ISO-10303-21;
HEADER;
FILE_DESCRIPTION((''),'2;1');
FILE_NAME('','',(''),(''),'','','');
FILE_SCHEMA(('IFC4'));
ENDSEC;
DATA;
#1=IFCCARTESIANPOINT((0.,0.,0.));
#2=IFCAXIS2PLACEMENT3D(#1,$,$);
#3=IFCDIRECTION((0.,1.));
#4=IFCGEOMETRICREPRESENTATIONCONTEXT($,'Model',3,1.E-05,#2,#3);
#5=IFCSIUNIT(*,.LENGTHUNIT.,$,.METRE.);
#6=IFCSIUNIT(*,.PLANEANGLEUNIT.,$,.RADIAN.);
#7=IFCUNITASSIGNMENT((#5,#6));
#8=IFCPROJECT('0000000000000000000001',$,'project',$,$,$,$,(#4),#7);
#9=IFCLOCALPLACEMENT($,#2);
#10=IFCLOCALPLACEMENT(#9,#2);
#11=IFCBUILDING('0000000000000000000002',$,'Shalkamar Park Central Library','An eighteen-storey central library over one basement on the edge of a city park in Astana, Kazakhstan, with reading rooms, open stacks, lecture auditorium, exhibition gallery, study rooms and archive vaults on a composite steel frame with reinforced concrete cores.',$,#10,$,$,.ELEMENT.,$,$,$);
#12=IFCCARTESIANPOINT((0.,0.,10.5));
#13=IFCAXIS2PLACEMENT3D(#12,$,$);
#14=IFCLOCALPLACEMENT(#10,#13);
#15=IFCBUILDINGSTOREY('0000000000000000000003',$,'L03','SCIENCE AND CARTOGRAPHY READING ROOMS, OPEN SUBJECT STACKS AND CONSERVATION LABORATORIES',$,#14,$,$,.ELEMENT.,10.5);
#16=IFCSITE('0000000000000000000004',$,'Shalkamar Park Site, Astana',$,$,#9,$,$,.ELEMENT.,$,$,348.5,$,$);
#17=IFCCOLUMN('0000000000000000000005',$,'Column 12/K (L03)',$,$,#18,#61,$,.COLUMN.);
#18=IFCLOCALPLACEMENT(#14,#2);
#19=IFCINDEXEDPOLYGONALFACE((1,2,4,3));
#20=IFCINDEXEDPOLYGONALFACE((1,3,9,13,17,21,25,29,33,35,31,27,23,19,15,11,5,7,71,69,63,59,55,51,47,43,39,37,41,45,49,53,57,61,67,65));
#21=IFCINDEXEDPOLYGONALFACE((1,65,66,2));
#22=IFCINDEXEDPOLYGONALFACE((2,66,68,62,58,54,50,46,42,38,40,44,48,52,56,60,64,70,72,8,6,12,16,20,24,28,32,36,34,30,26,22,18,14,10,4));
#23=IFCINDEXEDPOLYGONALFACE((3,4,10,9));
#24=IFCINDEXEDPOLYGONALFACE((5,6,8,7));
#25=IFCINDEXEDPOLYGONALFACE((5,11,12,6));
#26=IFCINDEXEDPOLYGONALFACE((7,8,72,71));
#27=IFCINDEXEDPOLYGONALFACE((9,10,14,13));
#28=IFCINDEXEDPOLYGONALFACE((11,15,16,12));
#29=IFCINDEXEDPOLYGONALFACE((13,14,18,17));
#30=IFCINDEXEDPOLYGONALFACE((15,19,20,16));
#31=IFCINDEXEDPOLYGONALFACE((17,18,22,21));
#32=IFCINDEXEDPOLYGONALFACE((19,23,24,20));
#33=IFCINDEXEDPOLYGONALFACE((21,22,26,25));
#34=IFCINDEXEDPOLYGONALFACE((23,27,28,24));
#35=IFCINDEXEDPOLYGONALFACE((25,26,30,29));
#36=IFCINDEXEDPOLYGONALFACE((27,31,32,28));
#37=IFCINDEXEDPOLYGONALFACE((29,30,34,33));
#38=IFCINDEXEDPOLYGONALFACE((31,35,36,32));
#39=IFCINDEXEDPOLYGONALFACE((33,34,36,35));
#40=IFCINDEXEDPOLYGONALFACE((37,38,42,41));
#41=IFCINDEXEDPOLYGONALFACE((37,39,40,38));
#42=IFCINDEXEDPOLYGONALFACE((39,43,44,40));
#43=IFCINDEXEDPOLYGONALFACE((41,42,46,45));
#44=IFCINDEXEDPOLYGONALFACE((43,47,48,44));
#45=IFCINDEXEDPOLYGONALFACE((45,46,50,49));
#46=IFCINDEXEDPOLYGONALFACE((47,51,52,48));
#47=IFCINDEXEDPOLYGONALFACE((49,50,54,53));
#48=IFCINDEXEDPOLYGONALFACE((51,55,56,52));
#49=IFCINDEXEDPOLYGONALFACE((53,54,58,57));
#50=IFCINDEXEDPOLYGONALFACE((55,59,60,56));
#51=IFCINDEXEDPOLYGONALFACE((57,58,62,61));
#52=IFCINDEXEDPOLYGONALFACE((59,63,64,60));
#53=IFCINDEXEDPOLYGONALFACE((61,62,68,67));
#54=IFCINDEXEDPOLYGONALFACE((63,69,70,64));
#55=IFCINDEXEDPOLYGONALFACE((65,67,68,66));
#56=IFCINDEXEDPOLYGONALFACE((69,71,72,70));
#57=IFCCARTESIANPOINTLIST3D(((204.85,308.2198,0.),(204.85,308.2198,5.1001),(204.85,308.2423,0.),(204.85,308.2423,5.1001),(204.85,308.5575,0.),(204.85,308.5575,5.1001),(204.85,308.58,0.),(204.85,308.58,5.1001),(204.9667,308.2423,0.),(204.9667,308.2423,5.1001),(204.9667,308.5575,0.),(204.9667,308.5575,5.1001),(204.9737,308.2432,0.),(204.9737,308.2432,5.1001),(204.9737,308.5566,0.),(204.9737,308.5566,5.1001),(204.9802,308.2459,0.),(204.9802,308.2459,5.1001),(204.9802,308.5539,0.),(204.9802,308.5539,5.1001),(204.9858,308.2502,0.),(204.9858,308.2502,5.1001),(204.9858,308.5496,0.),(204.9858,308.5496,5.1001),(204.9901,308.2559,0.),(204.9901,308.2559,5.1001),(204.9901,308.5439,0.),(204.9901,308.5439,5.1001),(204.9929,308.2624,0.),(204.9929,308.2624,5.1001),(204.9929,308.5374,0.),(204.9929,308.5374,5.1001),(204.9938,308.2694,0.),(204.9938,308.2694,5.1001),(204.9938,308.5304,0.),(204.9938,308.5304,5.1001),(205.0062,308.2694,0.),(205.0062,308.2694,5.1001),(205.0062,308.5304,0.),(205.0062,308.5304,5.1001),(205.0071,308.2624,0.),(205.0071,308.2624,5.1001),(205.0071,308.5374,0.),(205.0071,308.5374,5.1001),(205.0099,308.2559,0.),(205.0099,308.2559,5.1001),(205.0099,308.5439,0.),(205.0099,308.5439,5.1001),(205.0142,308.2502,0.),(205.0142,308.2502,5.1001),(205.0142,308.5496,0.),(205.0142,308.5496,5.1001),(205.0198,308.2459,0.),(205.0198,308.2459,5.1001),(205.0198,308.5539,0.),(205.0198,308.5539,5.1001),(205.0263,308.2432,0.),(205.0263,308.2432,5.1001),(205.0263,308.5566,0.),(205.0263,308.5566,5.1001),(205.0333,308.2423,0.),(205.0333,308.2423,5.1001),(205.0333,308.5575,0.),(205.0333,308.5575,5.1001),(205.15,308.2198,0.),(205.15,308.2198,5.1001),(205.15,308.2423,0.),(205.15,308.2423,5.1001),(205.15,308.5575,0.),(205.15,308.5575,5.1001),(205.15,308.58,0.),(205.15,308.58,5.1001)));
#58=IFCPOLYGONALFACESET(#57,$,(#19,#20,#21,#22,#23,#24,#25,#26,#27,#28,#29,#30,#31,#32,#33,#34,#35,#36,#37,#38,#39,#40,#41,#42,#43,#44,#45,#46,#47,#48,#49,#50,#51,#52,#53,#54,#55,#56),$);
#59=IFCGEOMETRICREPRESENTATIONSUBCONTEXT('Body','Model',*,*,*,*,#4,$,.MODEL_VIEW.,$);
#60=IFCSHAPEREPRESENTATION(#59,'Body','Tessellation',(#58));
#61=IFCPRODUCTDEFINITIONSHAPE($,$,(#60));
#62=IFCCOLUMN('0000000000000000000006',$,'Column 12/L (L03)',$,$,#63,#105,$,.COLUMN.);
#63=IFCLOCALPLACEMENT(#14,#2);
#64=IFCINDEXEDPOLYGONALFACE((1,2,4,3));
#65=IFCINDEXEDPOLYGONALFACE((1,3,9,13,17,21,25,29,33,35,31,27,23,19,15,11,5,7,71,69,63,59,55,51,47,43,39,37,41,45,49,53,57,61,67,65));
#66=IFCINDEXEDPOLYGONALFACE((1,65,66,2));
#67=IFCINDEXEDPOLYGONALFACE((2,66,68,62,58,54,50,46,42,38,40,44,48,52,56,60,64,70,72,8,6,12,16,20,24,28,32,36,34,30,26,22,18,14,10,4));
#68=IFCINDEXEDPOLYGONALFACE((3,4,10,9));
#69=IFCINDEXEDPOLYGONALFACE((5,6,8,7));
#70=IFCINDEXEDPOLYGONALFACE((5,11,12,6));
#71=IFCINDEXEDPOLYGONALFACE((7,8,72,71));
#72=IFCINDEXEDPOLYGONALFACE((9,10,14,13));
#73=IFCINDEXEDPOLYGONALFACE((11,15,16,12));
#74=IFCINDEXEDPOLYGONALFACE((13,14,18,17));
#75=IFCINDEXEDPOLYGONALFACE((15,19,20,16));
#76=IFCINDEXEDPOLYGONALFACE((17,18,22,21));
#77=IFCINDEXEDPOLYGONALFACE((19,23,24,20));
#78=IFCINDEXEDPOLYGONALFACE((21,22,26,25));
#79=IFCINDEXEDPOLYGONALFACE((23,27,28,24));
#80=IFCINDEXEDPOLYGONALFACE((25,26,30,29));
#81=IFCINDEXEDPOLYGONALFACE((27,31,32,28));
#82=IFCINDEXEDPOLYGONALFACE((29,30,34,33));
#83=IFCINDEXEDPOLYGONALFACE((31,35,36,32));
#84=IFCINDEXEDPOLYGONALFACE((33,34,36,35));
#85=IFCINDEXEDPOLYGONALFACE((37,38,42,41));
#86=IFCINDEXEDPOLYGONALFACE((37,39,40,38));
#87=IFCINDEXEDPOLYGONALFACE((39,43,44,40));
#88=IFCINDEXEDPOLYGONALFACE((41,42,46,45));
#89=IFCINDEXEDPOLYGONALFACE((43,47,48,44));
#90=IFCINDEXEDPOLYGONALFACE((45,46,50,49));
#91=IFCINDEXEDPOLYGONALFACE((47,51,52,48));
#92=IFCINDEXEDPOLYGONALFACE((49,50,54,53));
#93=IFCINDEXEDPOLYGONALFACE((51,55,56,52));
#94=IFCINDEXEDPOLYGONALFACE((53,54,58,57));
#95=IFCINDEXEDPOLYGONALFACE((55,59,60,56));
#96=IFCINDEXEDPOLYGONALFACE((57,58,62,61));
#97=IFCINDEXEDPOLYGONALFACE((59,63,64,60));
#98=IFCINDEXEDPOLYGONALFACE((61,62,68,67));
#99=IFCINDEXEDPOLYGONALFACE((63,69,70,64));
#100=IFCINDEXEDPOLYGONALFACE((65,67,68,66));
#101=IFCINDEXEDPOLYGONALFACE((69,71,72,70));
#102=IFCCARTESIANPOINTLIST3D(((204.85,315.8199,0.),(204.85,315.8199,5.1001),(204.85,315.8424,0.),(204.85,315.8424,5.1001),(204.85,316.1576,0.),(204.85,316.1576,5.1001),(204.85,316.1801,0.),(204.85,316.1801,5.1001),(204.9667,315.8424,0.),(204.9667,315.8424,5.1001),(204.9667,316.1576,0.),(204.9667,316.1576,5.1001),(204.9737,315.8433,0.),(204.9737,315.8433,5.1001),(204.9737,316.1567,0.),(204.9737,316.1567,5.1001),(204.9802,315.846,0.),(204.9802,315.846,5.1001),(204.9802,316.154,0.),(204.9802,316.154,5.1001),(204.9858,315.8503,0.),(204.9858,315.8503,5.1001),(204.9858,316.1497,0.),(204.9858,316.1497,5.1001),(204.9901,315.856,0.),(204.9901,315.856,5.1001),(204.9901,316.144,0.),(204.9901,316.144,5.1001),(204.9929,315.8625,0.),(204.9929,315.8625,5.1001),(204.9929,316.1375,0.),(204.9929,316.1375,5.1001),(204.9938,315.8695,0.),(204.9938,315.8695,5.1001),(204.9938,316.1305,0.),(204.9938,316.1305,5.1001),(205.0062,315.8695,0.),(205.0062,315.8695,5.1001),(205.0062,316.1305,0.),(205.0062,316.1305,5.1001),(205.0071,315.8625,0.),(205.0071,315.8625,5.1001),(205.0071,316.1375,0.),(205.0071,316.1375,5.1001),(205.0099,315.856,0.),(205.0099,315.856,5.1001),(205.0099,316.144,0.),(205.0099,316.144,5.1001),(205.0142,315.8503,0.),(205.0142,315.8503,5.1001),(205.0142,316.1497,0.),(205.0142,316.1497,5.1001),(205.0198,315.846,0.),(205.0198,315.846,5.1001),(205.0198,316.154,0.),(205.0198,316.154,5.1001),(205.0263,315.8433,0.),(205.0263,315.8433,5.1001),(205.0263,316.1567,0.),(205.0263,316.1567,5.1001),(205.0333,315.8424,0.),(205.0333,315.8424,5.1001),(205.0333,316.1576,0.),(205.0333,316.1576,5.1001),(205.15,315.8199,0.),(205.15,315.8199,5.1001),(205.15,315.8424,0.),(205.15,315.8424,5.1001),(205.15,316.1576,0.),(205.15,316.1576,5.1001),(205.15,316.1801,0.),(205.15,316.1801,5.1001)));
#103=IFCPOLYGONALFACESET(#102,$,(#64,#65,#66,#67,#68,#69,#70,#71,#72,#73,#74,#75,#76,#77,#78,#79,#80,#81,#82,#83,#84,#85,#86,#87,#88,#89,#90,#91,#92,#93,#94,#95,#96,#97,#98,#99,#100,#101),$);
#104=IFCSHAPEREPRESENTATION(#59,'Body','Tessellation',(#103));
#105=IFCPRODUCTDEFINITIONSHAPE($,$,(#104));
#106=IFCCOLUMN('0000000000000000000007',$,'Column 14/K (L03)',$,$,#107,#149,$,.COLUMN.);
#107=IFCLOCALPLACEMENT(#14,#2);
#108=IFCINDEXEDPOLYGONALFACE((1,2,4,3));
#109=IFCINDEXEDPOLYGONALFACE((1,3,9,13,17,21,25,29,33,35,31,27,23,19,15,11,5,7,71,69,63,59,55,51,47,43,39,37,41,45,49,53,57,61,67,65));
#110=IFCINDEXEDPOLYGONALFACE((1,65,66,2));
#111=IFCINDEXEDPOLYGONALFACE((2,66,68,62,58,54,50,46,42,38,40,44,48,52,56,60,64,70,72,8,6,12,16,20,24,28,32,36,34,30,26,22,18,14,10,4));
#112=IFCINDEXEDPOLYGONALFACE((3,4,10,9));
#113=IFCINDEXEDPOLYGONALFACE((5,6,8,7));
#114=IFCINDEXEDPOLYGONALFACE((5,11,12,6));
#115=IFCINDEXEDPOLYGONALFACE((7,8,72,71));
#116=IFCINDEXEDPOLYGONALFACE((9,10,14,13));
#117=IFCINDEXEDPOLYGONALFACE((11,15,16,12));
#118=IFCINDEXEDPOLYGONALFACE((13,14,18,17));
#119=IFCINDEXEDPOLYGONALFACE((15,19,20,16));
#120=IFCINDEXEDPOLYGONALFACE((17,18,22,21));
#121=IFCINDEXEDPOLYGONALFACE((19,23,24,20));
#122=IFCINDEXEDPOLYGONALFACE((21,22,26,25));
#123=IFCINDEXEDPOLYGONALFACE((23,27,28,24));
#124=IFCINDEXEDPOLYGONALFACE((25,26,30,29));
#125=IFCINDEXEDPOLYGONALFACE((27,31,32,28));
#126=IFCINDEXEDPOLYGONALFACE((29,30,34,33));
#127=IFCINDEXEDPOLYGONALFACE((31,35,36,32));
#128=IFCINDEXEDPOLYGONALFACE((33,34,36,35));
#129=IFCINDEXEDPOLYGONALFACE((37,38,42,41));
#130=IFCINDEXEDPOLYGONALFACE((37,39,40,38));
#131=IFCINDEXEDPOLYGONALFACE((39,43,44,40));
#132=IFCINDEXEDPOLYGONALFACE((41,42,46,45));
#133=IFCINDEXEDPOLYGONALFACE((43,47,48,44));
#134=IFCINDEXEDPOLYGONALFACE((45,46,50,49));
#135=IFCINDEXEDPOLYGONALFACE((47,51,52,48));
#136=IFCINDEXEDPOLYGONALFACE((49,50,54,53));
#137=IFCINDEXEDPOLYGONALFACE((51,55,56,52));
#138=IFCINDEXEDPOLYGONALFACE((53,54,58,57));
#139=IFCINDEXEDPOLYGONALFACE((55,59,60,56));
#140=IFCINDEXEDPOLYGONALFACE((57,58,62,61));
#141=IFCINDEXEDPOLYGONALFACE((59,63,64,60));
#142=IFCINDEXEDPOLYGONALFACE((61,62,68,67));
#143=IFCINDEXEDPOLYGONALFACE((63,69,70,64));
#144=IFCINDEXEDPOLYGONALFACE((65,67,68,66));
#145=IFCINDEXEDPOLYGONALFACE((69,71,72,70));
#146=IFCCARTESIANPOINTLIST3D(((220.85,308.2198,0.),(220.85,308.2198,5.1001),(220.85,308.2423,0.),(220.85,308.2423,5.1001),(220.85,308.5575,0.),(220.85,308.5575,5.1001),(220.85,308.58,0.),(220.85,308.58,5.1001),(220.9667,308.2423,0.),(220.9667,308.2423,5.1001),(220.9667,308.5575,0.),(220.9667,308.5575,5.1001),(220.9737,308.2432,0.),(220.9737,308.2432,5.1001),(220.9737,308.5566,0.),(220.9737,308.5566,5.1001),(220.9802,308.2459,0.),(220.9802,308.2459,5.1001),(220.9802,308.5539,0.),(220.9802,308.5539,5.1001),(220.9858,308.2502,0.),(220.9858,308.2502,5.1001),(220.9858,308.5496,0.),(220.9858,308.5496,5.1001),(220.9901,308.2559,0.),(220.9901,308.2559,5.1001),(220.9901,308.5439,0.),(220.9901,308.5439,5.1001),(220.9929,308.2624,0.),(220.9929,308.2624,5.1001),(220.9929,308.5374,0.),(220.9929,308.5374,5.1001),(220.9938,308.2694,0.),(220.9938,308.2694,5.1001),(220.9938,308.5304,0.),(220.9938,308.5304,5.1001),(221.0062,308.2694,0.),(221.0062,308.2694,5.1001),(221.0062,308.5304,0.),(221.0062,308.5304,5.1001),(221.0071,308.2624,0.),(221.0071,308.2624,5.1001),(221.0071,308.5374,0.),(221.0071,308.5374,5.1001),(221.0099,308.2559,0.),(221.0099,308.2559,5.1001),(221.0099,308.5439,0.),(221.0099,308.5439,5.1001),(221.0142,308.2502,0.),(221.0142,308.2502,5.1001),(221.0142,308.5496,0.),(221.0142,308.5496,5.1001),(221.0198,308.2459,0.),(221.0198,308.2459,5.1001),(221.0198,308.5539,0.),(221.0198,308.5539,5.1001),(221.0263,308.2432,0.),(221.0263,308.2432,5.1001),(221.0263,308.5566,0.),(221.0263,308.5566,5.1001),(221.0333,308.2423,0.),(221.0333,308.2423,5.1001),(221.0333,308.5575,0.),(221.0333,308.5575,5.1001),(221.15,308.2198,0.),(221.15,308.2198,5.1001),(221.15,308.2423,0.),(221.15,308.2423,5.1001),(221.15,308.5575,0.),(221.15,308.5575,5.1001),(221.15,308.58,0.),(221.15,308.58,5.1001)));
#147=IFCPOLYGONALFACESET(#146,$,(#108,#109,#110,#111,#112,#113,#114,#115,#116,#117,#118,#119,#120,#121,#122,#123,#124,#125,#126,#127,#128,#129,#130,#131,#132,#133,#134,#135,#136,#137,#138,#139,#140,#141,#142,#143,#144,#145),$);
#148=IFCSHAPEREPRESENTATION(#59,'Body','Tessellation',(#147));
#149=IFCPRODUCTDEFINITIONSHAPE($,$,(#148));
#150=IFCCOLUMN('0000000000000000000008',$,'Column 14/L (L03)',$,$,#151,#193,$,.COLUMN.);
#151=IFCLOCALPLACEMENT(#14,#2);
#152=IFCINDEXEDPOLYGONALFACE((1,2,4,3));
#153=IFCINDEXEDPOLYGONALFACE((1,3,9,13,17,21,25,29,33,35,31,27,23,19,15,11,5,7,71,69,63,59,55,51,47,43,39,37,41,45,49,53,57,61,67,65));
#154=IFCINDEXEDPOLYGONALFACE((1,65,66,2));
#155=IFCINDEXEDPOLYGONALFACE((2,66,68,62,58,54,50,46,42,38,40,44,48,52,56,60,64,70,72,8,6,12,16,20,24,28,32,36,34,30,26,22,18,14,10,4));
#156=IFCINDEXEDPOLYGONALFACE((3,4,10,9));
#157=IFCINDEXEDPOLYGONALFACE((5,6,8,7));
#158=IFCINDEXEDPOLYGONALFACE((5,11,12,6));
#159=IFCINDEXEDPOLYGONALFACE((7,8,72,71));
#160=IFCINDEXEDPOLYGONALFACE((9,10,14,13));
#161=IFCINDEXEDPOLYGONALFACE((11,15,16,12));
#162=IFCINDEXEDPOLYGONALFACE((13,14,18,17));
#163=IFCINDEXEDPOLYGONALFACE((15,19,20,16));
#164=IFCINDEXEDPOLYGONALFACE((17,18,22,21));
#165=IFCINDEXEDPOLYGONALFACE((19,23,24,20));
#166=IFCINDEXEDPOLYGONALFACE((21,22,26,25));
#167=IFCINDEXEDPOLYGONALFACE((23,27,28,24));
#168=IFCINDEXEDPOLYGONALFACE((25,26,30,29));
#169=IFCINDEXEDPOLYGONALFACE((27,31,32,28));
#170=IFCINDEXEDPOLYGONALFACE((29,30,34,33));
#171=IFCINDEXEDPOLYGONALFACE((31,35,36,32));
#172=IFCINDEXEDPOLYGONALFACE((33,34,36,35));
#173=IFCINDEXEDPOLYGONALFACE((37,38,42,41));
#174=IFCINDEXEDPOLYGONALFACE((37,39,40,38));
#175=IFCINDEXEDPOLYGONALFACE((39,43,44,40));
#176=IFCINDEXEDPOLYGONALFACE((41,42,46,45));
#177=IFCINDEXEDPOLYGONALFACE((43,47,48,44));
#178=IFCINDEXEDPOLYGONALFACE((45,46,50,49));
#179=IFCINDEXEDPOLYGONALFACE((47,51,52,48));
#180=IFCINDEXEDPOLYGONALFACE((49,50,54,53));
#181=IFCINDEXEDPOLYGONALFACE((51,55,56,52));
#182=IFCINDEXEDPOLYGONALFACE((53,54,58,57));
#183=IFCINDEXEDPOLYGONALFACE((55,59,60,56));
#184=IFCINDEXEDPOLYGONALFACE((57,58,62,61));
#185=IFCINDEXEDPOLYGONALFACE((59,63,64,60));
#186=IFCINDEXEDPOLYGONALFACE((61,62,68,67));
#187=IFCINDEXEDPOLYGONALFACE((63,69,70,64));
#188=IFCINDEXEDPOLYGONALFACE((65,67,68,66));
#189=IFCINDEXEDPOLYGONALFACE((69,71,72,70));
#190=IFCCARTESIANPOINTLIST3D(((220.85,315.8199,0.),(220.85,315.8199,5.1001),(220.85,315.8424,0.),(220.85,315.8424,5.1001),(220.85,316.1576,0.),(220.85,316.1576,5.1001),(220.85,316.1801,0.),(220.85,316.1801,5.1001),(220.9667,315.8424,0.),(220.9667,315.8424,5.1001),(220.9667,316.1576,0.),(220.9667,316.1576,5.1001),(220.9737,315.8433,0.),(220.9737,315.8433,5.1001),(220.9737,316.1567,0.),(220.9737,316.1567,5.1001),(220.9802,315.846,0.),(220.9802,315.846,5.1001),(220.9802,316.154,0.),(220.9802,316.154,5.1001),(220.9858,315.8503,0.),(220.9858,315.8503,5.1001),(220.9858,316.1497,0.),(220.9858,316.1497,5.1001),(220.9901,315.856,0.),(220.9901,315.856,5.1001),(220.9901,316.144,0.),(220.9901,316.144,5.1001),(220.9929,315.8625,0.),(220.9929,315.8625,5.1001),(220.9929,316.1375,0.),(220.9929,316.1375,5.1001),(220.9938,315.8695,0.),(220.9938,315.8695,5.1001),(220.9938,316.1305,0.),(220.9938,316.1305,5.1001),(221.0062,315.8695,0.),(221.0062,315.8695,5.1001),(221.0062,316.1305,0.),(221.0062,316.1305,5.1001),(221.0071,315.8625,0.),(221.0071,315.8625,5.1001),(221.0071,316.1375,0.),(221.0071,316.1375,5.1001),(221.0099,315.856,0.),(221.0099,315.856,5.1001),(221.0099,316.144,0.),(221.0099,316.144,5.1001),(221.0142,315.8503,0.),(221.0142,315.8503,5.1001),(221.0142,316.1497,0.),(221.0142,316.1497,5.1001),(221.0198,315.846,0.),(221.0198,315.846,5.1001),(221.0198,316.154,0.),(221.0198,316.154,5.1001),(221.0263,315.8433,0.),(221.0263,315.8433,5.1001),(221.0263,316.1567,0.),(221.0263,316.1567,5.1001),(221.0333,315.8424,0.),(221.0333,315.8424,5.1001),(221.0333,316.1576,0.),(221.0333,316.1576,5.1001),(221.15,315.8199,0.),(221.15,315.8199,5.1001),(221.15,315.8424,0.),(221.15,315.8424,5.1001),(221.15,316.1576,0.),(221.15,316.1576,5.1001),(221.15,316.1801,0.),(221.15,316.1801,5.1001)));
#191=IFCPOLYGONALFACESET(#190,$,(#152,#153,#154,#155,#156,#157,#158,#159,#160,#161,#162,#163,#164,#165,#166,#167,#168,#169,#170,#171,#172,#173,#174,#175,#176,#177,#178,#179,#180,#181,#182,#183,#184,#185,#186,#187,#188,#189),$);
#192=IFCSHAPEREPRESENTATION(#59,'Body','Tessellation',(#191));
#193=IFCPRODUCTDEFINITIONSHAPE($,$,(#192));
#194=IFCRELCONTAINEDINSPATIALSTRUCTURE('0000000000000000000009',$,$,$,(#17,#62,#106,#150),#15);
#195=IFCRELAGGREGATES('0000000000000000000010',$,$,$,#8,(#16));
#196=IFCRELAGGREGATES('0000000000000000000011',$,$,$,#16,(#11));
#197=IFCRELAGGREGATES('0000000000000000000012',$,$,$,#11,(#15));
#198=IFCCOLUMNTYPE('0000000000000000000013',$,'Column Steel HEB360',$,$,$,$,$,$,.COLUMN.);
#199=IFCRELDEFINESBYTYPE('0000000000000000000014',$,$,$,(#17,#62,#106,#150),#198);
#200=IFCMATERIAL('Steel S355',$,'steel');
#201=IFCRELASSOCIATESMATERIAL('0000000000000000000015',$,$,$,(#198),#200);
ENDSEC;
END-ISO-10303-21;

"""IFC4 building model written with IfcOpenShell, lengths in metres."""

from ifc_helpers import new_model, si_unit, direction, frame, origin, origin_2d, place, context, subcontext, project, spatial, i_section, extrude, material, material_profile, profile_set, type_object, element, save


model = new_model("IFC4")

# Units and contexts
model_context = context("Model", 3, precision=1e-05, world=origin(), true_north=direction((0.0, 1.0)))
body_context = subcontext(model_context, "Body", "Model", "MODEL_VIEW")
ifc_project = project(units=[si_unit("LENGTHUNIT", "METRE"), si_unit("PLANEANGLEUNIT", "RADIAN")], contexts=[model_context])

# Site, building, storey
site_placement = place(None, origin())
site = spatial("IfcSite", under=ifc_project, at=site_placement, Name="Shalkamar Park Site, Astana", CompositionType="ELEMENT", RefElevation=348.5)
building_placement = place(site_placement, origin())
building = spatial("IfcBuilding", under=site, at=building_placement, Name="Shalkamar Park Central Library", Description="An eighteen-storey central library over one basement on the edge of a city park in Astana, Kazakhstan, with reading rooms, open stacks, lecture auditorium, exhibition gallery, study rooms and archive vaults on a composite steel frame with reinforced concrete cores.", CompositionType="ELEMENT")
storey_placement = place(building_placement, frame((0.0, 0.0, 10.5)))
storey = spatial("IfcBuildingStorey", under=building, at=storey_placement, Name="L03", Description="SCIENCE AND CARTOGRAPHY READING ROOMS, OPEN SUBJECT STACKS AND CONSERVATION LABORATORIES", CompositionType="ELEMENT", Elevation=10.5)

# Columns
ifc_material = material(Name="Steel S355", Category="steel")
ifc_material_profile_1 = material_profile(ifc_material, i_section(OverallWidth=0.3, OverallDepth=0.3601, WebThickness=0.0125, FlangeThickness=0.0225, FilletRadius=0.0271, at=origin_2d()), Name="HEB 360")
ifc_profile_set_1 = profile_set([ifc_material_profile_1], Name="Steel S355")
column_type_1 = type_object("IfcColumnType", Name="Column Steel HEB360", PredefinedType="COLUMN", material=ifc_profile_set_1)
for number, where, z_axis, x_axis, name in (
    (1, (205.0, 308.3999, 0.0), (0.0, 0.0, 1.0), (1.0, 0.0, 0.0), "Column 12/K (L03)"),
    (2, (205.0, 316.0, 0.0), (0.0, 0.0, 1.0), (1.0, 0.0, 0.0), "Column 12/L (L03)"),
    (3, (221.0, 308.3999, 0.0), (0.0, 0.0, 1.0), (1.0, 0.0, 0.0), "Column 14/K (L03)"),
    (4, (221.0, 316.0, 0.0), (0.0, 0.0, 1.0), (1.0, 0.0, 0.0), "Column 14/L (L03)"),
):
    element("IfcColumn", number, at=place(storey_placement, frame(where, z_axis=z_axis, x_axis=x_axis)), inside=storey, type_object=column_type_1, Name=name, PredefinedType="COLUMN", context=body_context, shape_type="SweptSolid", body=[
        extrude(i_section(OverallWidth=0.3, OverallDepth=0.3601, WebThickness=0.0125, FlangeThickness=0.0225, FilletRadius=0.0271, at=origin_2d()), origin(), (0.0, 0.0, 1.0), 5.1001),
    ])

save(model, "model.ifc")
